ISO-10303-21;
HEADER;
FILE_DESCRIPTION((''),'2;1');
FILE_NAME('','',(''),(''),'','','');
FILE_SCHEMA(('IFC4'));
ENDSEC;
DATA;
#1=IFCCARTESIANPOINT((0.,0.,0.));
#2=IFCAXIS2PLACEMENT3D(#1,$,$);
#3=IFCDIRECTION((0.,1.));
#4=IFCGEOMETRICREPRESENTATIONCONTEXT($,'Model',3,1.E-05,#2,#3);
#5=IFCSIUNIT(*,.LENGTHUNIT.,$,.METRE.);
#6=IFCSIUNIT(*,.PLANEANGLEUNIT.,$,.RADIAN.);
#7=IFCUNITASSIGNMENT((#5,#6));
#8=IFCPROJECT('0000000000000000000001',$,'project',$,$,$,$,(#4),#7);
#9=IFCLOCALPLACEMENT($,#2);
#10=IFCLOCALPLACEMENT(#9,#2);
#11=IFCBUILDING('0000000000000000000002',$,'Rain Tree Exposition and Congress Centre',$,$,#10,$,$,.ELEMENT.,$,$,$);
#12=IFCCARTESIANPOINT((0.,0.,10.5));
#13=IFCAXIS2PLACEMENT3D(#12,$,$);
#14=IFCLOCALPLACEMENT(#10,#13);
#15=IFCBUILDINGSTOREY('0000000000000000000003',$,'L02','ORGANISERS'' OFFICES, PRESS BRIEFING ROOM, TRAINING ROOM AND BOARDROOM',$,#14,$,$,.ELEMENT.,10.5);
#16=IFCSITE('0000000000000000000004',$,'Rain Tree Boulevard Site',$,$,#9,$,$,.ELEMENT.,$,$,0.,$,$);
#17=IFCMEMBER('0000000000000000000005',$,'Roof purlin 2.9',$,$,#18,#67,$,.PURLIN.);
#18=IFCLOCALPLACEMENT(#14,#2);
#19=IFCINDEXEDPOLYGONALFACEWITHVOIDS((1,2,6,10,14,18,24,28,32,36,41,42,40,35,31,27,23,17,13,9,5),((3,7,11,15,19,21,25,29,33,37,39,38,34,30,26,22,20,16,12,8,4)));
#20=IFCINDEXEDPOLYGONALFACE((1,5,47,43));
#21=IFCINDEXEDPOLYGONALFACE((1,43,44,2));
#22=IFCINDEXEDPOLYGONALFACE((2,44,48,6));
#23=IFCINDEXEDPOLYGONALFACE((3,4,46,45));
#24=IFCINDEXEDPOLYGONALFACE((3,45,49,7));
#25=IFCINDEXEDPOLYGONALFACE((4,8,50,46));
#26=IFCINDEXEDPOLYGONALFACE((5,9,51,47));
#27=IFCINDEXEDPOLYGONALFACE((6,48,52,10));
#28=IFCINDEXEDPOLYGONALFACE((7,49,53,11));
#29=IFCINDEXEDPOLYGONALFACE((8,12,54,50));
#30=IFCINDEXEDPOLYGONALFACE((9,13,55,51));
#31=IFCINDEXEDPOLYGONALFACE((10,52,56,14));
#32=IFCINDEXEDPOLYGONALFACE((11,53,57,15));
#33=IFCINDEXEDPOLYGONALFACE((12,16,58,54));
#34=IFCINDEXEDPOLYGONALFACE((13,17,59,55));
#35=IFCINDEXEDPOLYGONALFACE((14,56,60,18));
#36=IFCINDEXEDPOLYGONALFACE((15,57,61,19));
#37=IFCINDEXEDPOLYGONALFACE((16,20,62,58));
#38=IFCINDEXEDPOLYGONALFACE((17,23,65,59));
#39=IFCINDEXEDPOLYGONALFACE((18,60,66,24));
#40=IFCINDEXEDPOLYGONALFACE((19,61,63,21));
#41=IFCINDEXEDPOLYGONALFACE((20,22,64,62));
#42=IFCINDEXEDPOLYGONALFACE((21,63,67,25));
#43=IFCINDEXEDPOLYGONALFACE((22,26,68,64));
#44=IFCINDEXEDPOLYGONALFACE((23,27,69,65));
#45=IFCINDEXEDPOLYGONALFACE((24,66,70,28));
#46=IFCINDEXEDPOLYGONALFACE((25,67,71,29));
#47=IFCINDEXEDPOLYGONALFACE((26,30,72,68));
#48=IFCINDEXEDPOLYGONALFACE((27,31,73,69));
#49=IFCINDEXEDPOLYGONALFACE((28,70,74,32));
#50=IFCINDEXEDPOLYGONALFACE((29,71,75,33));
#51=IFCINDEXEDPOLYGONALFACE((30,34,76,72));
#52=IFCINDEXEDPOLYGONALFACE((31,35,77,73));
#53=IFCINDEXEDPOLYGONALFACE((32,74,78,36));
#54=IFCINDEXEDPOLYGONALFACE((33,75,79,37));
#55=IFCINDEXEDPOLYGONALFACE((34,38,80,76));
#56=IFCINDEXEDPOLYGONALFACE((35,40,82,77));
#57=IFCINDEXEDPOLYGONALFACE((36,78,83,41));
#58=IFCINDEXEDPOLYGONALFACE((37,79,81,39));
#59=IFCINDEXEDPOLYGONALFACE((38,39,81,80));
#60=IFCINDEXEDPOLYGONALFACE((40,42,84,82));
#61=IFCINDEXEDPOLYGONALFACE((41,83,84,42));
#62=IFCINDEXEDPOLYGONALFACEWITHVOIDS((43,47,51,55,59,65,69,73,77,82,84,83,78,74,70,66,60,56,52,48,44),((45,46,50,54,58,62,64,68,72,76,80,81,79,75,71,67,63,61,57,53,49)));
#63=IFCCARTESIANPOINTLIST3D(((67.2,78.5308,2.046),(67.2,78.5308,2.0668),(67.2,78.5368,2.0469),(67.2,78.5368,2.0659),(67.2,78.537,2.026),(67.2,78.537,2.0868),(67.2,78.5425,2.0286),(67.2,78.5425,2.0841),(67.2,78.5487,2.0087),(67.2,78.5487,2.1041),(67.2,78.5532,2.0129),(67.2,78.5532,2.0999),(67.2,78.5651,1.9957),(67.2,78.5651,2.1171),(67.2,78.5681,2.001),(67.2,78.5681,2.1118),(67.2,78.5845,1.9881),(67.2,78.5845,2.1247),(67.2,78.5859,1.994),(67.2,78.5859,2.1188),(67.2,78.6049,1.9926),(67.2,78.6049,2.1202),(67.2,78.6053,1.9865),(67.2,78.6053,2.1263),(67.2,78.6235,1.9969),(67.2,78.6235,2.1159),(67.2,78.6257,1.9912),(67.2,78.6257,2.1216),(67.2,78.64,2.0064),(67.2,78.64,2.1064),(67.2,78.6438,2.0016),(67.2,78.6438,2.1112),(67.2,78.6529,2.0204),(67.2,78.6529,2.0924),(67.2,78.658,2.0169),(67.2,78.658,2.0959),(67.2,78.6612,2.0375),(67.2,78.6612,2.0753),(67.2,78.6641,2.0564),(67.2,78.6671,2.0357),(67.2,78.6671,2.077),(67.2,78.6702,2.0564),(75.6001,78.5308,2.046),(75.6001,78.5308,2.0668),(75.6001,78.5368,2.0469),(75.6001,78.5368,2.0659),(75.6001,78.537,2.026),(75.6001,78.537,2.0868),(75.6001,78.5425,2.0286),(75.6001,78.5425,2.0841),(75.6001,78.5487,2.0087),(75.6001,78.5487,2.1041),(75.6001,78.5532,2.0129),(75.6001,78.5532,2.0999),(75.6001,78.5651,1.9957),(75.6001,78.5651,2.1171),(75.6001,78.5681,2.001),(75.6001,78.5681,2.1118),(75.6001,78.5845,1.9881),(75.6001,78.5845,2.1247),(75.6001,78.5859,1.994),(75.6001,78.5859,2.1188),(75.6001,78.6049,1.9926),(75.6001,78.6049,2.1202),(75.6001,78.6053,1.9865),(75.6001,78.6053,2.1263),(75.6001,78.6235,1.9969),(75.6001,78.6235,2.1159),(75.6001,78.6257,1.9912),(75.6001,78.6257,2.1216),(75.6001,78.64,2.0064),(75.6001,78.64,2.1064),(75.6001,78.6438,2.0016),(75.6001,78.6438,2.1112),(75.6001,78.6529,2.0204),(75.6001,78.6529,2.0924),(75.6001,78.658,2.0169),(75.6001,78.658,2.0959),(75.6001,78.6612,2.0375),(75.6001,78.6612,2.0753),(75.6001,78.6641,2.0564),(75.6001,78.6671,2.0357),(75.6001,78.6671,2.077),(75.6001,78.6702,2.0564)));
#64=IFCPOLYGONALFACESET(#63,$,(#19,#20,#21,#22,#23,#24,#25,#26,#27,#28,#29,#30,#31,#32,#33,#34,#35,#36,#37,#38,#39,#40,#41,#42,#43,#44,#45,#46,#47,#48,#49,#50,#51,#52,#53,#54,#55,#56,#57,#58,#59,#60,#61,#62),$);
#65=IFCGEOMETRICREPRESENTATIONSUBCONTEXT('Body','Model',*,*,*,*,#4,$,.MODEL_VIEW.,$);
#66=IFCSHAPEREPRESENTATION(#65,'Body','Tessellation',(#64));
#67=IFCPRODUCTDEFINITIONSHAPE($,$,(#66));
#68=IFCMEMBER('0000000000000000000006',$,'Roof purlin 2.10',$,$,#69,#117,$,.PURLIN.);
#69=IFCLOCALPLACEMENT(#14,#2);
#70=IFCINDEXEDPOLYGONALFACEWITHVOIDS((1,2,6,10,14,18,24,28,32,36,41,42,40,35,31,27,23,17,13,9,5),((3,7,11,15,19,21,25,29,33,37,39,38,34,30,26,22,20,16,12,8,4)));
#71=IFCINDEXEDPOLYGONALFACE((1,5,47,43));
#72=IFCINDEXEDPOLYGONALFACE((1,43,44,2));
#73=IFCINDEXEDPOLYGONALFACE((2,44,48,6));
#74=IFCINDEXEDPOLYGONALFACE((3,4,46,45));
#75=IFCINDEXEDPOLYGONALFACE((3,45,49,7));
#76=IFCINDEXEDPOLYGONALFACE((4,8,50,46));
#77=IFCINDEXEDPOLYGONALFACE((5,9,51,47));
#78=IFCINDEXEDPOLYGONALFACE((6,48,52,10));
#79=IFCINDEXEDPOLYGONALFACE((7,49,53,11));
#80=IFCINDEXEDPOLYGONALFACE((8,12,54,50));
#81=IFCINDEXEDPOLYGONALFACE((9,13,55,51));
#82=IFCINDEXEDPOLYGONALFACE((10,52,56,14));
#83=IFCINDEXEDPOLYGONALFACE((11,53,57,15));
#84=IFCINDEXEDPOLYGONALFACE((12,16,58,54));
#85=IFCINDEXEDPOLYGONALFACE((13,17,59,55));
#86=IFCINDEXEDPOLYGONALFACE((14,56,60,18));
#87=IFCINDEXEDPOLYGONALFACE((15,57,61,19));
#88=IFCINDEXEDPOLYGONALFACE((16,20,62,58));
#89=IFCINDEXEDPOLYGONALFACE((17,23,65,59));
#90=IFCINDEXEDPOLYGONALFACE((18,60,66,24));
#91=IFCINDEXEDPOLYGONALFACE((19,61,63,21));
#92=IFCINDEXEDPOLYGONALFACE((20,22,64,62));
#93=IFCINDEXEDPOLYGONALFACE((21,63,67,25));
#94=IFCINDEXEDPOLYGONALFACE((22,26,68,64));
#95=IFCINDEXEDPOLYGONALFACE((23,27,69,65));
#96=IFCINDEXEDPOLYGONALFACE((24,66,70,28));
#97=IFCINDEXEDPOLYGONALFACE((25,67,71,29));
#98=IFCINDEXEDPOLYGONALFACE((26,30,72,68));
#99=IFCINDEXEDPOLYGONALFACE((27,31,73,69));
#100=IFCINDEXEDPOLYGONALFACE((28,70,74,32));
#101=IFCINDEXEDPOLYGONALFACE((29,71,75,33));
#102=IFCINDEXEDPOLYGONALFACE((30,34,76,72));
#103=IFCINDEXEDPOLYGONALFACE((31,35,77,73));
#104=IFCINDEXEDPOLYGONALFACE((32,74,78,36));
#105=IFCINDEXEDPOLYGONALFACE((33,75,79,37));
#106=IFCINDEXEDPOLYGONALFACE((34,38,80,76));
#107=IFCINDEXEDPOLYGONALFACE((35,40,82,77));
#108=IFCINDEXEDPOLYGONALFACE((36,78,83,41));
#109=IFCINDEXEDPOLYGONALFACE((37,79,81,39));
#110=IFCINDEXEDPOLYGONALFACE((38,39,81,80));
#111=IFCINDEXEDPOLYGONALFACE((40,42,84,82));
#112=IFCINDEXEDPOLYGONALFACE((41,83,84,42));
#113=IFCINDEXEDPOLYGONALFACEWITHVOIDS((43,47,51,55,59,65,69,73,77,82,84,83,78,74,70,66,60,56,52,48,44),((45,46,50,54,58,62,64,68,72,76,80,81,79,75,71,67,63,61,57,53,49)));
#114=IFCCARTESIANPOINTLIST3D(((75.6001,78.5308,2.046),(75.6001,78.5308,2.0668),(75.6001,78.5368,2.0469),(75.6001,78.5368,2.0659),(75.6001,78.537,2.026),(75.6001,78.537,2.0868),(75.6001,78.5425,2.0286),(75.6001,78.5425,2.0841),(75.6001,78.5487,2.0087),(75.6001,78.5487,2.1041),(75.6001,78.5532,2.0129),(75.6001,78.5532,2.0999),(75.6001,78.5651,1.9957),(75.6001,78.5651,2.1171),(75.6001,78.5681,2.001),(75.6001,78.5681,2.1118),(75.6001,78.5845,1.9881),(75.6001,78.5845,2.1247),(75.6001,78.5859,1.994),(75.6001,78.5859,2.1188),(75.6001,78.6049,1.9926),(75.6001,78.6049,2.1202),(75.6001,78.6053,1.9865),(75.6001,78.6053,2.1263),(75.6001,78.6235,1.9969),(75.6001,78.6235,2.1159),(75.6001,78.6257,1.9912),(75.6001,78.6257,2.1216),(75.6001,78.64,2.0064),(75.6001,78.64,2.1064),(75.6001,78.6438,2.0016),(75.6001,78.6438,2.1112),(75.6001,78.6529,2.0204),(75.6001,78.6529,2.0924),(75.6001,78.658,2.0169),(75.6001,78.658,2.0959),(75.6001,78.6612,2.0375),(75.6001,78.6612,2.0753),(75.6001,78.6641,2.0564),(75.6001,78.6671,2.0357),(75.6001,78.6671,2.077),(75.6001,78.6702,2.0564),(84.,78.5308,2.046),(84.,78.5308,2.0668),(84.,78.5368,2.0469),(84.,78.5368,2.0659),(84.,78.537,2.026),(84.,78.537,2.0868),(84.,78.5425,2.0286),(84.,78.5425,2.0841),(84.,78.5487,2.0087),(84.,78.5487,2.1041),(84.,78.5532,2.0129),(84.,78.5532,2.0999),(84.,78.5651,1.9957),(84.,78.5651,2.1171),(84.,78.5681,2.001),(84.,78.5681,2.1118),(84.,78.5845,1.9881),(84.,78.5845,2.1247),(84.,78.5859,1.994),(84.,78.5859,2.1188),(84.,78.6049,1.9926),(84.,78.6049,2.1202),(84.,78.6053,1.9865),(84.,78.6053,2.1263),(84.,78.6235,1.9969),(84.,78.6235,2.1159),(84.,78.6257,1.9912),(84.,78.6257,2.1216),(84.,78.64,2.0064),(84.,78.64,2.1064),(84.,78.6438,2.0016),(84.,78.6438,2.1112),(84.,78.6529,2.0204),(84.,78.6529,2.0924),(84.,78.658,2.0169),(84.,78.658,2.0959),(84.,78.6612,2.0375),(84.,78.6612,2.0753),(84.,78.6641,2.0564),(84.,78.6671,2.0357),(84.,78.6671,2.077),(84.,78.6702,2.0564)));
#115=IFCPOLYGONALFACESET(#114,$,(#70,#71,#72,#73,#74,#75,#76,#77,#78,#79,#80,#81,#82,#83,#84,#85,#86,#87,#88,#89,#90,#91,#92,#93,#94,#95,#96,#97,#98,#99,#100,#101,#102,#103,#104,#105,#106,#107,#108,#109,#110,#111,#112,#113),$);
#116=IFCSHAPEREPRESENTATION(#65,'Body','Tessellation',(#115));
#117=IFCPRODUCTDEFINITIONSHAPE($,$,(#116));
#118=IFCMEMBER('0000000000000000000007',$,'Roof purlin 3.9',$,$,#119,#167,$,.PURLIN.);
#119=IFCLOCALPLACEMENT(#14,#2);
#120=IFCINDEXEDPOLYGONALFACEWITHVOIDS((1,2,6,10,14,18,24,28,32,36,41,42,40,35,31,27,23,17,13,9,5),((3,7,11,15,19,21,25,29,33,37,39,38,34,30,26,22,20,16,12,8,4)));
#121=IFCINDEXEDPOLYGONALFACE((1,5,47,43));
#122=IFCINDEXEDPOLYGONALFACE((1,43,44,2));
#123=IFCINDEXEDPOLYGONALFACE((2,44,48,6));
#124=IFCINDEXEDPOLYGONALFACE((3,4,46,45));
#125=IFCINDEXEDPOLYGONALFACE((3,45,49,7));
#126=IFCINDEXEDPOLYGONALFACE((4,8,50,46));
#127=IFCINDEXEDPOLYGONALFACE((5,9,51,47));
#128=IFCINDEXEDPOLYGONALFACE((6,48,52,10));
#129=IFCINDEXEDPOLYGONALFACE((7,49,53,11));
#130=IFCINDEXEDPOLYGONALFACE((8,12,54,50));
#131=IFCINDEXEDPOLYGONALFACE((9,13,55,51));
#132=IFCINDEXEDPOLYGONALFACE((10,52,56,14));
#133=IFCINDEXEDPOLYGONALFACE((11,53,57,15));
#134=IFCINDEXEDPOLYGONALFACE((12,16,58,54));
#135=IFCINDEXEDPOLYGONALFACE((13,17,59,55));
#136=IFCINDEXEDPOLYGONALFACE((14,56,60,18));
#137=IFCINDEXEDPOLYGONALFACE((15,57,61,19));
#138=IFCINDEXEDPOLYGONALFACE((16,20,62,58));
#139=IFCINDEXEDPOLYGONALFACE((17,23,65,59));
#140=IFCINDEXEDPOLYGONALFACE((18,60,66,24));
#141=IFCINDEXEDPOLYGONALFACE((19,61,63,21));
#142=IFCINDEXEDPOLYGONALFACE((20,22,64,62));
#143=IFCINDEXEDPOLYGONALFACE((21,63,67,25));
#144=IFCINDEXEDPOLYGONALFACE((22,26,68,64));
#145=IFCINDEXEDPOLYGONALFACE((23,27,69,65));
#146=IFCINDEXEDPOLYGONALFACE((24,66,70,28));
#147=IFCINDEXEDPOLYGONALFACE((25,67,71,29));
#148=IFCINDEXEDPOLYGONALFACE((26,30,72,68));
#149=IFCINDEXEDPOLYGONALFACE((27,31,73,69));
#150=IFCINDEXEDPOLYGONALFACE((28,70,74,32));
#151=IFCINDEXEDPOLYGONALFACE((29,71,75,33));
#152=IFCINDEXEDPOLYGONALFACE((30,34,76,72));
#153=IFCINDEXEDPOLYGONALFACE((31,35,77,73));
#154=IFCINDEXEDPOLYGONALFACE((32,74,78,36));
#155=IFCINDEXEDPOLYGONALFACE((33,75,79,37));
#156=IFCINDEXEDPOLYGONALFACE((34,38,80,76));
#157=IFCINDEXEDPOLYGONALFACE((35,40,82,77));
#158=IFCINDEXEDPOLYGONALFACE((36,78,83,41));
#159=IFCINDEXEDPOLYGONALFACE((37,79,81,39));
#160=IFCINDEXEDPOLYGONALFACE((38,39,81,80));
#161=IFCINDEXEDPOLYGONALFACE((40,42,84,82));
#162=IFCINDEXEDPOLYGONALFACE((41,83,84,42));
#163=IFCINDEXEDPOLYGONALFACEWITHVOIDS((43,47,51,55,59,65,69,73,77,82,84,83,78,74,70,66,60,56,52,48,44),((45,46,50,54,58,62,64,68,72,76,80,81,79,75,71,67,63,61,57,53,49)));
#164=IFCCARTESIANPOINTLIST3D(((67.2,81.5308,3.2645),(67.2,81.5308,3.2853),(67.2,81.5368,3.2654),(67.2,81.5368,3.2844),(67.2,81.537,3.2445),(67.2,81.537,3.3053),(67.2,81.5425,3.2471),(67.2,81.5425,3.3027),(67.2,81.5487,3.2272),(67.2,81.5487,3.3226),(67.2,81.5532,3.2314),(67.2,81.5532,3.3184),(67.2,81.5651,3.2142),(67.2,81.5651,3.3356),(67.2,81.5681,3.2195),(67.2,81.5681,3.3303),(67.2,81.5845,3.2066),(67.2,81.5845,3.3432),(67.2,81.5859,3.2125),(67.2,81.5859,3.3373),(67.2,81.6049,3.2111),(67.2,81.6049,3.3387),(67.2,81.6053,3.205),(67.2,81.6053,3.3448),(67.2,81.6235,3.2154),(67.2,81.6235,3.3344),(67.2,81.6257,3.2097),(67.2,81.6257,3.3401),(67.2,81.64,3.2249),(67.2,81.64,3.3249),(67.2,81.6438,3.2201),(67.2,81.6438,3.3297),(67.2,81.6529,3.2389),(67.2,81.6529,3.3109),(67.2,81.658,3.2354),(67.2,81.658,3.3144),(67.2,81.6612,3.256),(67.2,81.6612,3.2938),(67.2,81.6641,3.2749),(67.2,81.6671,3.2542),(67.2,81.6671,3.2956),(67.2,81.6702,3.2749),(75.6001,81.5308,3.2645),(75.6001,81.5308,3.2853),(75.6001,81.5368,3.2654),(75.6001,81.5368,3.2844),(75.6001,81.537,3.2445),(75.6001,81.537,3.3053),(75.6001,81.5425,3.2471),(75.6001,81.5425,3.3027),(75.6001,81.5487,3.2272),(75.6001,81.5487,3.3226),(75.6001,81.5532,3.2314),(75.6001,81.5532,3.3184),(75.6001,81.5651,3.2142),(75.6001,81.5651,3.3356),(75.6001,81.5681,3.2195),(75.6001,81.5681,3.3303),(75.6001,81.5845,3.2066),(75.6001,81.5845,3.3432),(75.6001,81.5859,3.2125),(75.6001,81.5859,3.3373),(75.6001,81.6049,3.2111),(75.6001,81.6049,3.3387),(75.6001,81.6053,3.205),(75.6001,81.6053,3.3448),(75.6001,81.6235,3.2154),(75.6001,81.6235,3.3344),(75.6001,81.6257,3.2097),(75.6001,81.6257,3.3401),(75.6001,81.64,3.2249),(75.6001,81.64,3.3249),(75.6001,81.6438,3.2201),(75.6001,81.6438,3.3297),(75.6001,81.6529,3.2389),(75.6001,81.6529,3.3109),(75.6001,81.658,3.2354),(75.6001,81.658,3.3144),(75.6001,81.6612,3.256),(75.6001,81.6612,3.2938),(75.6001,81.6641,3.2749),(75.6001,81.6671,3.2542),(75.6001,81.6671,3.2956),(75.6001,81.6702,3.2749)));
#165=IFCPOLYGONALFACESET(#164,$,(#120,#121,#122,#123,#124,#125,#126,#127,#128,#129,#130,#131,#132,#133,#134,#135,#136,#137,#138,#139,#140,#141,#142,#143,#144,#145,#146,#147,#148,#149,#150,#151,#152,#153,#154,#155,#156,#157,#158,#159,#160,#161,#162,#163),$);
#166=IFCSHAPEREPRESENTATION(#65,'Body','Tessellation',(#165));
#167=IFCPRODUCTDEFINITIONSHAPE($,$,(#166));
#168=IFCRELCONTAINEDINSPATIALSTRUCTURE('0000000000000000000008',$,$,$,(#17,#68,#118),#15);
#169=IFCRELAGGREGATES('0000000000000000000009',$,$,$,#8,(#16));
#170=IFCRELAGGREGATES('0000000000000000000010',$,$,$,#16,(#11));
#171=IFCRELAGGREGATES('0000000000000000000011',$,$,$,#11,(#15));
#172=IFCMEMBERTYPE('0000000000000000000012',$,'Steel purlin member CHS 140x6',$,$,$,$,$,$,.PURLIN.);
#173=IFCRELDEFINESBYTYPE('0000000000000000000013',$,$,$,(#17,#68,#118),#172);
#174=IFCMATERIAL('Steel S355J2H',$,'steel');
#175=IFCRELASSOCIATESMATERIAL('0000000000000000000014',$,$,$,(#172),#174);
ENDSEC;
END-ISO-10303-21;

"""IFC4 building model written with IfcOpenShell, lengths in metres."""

from ifc_helpers import new_model, si_unit, direction, frame, origin, origin_2d, place, context, subcontext, project, spatial, hollow_circle, extrude, material, material_profile, profile_set, type_object, element, save


model = new_model("IFC4")

# Units and contexts
model_context = context("Model", 3, precision=1e-05, world=origin(), true_north=direction((0.0, 1.0)))
body_context = subcontext(model_context, "Body", "Model", "MODEL_VIEW")
ifc_project = project(units=[si_unit("LENGTHUNIT", "METRE"), si_unit("PLANEANGLEUNIT", "RADIAN")], contexts=[model_context])

# Site, building, storey
site_placement = place(None, origin())
site = spatial("IfcSite", under=ifc_project, at=site_placement, Name="Rain Tree Boulevard Site", CompositionType="ELEMENT", RefElevation=0.0)
building_placement = place(site_placement, origin())
building = spatial("IfcBuilding", under=site, at=building_placement, Name="Rain Tree Exposition and Congress Centre", CompositionType="ELEMENT")
storey_placement = place(building_placement, frame((0.0, 0.0, 10.5)))
storey = spatial("IfcBuildingStorey", under=building, at=storey_placement, Name="L02", Description="ORGANISERS' OFFICES, PRESS BRIEFING ROOM, TRAINING ROOM AND BOARDROOM", CompositionType="ELEMENT", Elevation=10.5)

# Members
ifc_material_1 = material(Name="Steel S355J2H", Category="steel")
ifc_material_profile_1 = material_profile(ifc_material_1, hollow_circle(Radius=0.0701, WallThickness=0.0061, at=origin_2d()), Name="CHS 140x6")
ifc_profile_set_1 = profile_set([ifc_material_profile_1], Name="Steel S355J2H")
member_type_1 = type_object("IfcMemberType", Name="Steel purlin member CHS 140x6", PredefinedType="PURLIN", material=ifc_profile_set_1)
member_1_placement = place(storey_placement, frame((67.2, 78.6001, 2.0564), z_axis=(1.0, 0.0, 0.0), x_axis=(0.0, 1.0, 0.0)))
element("IfcMember", 1, at=member_1_placement, inside=storey, type_object=member_type_1, Name="Roof purlin 2.9", PredefinedType="PURLIN", context=body_context, shape_type="SweptSolid", body=[
    extrude(hollow_circle(Radius=0.0701, WallThickness=0.0061, at=origin_2d()), origin(), (0.0, 0.0, 1.0), 8.4001),
])
member_2_placement = place(storey_placement, frame((75.6001, 78.6001, 2.0564), z_axis=(1.0, 0.0, 0.0), x_axis=(0.0, 1.0, 0.0)))
element("IfcMember", 2, at=member_2_placement, inside=storey, type_object=member_type_1, Name="Roof purlin 2.10", PredefinedType="PURLIN", context=body_context, shape_type="SweptSolid", body=[
    extrude(hollow_circle(Radius=0.0701, WallThickness=0.0061, at=origin_2d()), origin(), (0.0, 0.0, 1.0), 8.3999),
])
member_3_placement = place(storey_placement, frame((67.2, 81.6001, 3.2749), z_axis=(1.0, 0.0, 0.0), x_axis=(0.0, 1.0, 0.0)))
element("IfcMember", 3, at=member_3_placement, inside=storey, type_object=member_type_1, Name="Roof purlin 3.9", PredefinedType="PURLIN", context=body_context, shape_type="SweptSolid", body=[
    extrude(hollow_circle(Radius=0.0701, WallThickness=0.0061, at=origin_2d()), origin(), (0.0, 0.0, 1.0), 8.4001),
])

save(model, "model.ifc")
